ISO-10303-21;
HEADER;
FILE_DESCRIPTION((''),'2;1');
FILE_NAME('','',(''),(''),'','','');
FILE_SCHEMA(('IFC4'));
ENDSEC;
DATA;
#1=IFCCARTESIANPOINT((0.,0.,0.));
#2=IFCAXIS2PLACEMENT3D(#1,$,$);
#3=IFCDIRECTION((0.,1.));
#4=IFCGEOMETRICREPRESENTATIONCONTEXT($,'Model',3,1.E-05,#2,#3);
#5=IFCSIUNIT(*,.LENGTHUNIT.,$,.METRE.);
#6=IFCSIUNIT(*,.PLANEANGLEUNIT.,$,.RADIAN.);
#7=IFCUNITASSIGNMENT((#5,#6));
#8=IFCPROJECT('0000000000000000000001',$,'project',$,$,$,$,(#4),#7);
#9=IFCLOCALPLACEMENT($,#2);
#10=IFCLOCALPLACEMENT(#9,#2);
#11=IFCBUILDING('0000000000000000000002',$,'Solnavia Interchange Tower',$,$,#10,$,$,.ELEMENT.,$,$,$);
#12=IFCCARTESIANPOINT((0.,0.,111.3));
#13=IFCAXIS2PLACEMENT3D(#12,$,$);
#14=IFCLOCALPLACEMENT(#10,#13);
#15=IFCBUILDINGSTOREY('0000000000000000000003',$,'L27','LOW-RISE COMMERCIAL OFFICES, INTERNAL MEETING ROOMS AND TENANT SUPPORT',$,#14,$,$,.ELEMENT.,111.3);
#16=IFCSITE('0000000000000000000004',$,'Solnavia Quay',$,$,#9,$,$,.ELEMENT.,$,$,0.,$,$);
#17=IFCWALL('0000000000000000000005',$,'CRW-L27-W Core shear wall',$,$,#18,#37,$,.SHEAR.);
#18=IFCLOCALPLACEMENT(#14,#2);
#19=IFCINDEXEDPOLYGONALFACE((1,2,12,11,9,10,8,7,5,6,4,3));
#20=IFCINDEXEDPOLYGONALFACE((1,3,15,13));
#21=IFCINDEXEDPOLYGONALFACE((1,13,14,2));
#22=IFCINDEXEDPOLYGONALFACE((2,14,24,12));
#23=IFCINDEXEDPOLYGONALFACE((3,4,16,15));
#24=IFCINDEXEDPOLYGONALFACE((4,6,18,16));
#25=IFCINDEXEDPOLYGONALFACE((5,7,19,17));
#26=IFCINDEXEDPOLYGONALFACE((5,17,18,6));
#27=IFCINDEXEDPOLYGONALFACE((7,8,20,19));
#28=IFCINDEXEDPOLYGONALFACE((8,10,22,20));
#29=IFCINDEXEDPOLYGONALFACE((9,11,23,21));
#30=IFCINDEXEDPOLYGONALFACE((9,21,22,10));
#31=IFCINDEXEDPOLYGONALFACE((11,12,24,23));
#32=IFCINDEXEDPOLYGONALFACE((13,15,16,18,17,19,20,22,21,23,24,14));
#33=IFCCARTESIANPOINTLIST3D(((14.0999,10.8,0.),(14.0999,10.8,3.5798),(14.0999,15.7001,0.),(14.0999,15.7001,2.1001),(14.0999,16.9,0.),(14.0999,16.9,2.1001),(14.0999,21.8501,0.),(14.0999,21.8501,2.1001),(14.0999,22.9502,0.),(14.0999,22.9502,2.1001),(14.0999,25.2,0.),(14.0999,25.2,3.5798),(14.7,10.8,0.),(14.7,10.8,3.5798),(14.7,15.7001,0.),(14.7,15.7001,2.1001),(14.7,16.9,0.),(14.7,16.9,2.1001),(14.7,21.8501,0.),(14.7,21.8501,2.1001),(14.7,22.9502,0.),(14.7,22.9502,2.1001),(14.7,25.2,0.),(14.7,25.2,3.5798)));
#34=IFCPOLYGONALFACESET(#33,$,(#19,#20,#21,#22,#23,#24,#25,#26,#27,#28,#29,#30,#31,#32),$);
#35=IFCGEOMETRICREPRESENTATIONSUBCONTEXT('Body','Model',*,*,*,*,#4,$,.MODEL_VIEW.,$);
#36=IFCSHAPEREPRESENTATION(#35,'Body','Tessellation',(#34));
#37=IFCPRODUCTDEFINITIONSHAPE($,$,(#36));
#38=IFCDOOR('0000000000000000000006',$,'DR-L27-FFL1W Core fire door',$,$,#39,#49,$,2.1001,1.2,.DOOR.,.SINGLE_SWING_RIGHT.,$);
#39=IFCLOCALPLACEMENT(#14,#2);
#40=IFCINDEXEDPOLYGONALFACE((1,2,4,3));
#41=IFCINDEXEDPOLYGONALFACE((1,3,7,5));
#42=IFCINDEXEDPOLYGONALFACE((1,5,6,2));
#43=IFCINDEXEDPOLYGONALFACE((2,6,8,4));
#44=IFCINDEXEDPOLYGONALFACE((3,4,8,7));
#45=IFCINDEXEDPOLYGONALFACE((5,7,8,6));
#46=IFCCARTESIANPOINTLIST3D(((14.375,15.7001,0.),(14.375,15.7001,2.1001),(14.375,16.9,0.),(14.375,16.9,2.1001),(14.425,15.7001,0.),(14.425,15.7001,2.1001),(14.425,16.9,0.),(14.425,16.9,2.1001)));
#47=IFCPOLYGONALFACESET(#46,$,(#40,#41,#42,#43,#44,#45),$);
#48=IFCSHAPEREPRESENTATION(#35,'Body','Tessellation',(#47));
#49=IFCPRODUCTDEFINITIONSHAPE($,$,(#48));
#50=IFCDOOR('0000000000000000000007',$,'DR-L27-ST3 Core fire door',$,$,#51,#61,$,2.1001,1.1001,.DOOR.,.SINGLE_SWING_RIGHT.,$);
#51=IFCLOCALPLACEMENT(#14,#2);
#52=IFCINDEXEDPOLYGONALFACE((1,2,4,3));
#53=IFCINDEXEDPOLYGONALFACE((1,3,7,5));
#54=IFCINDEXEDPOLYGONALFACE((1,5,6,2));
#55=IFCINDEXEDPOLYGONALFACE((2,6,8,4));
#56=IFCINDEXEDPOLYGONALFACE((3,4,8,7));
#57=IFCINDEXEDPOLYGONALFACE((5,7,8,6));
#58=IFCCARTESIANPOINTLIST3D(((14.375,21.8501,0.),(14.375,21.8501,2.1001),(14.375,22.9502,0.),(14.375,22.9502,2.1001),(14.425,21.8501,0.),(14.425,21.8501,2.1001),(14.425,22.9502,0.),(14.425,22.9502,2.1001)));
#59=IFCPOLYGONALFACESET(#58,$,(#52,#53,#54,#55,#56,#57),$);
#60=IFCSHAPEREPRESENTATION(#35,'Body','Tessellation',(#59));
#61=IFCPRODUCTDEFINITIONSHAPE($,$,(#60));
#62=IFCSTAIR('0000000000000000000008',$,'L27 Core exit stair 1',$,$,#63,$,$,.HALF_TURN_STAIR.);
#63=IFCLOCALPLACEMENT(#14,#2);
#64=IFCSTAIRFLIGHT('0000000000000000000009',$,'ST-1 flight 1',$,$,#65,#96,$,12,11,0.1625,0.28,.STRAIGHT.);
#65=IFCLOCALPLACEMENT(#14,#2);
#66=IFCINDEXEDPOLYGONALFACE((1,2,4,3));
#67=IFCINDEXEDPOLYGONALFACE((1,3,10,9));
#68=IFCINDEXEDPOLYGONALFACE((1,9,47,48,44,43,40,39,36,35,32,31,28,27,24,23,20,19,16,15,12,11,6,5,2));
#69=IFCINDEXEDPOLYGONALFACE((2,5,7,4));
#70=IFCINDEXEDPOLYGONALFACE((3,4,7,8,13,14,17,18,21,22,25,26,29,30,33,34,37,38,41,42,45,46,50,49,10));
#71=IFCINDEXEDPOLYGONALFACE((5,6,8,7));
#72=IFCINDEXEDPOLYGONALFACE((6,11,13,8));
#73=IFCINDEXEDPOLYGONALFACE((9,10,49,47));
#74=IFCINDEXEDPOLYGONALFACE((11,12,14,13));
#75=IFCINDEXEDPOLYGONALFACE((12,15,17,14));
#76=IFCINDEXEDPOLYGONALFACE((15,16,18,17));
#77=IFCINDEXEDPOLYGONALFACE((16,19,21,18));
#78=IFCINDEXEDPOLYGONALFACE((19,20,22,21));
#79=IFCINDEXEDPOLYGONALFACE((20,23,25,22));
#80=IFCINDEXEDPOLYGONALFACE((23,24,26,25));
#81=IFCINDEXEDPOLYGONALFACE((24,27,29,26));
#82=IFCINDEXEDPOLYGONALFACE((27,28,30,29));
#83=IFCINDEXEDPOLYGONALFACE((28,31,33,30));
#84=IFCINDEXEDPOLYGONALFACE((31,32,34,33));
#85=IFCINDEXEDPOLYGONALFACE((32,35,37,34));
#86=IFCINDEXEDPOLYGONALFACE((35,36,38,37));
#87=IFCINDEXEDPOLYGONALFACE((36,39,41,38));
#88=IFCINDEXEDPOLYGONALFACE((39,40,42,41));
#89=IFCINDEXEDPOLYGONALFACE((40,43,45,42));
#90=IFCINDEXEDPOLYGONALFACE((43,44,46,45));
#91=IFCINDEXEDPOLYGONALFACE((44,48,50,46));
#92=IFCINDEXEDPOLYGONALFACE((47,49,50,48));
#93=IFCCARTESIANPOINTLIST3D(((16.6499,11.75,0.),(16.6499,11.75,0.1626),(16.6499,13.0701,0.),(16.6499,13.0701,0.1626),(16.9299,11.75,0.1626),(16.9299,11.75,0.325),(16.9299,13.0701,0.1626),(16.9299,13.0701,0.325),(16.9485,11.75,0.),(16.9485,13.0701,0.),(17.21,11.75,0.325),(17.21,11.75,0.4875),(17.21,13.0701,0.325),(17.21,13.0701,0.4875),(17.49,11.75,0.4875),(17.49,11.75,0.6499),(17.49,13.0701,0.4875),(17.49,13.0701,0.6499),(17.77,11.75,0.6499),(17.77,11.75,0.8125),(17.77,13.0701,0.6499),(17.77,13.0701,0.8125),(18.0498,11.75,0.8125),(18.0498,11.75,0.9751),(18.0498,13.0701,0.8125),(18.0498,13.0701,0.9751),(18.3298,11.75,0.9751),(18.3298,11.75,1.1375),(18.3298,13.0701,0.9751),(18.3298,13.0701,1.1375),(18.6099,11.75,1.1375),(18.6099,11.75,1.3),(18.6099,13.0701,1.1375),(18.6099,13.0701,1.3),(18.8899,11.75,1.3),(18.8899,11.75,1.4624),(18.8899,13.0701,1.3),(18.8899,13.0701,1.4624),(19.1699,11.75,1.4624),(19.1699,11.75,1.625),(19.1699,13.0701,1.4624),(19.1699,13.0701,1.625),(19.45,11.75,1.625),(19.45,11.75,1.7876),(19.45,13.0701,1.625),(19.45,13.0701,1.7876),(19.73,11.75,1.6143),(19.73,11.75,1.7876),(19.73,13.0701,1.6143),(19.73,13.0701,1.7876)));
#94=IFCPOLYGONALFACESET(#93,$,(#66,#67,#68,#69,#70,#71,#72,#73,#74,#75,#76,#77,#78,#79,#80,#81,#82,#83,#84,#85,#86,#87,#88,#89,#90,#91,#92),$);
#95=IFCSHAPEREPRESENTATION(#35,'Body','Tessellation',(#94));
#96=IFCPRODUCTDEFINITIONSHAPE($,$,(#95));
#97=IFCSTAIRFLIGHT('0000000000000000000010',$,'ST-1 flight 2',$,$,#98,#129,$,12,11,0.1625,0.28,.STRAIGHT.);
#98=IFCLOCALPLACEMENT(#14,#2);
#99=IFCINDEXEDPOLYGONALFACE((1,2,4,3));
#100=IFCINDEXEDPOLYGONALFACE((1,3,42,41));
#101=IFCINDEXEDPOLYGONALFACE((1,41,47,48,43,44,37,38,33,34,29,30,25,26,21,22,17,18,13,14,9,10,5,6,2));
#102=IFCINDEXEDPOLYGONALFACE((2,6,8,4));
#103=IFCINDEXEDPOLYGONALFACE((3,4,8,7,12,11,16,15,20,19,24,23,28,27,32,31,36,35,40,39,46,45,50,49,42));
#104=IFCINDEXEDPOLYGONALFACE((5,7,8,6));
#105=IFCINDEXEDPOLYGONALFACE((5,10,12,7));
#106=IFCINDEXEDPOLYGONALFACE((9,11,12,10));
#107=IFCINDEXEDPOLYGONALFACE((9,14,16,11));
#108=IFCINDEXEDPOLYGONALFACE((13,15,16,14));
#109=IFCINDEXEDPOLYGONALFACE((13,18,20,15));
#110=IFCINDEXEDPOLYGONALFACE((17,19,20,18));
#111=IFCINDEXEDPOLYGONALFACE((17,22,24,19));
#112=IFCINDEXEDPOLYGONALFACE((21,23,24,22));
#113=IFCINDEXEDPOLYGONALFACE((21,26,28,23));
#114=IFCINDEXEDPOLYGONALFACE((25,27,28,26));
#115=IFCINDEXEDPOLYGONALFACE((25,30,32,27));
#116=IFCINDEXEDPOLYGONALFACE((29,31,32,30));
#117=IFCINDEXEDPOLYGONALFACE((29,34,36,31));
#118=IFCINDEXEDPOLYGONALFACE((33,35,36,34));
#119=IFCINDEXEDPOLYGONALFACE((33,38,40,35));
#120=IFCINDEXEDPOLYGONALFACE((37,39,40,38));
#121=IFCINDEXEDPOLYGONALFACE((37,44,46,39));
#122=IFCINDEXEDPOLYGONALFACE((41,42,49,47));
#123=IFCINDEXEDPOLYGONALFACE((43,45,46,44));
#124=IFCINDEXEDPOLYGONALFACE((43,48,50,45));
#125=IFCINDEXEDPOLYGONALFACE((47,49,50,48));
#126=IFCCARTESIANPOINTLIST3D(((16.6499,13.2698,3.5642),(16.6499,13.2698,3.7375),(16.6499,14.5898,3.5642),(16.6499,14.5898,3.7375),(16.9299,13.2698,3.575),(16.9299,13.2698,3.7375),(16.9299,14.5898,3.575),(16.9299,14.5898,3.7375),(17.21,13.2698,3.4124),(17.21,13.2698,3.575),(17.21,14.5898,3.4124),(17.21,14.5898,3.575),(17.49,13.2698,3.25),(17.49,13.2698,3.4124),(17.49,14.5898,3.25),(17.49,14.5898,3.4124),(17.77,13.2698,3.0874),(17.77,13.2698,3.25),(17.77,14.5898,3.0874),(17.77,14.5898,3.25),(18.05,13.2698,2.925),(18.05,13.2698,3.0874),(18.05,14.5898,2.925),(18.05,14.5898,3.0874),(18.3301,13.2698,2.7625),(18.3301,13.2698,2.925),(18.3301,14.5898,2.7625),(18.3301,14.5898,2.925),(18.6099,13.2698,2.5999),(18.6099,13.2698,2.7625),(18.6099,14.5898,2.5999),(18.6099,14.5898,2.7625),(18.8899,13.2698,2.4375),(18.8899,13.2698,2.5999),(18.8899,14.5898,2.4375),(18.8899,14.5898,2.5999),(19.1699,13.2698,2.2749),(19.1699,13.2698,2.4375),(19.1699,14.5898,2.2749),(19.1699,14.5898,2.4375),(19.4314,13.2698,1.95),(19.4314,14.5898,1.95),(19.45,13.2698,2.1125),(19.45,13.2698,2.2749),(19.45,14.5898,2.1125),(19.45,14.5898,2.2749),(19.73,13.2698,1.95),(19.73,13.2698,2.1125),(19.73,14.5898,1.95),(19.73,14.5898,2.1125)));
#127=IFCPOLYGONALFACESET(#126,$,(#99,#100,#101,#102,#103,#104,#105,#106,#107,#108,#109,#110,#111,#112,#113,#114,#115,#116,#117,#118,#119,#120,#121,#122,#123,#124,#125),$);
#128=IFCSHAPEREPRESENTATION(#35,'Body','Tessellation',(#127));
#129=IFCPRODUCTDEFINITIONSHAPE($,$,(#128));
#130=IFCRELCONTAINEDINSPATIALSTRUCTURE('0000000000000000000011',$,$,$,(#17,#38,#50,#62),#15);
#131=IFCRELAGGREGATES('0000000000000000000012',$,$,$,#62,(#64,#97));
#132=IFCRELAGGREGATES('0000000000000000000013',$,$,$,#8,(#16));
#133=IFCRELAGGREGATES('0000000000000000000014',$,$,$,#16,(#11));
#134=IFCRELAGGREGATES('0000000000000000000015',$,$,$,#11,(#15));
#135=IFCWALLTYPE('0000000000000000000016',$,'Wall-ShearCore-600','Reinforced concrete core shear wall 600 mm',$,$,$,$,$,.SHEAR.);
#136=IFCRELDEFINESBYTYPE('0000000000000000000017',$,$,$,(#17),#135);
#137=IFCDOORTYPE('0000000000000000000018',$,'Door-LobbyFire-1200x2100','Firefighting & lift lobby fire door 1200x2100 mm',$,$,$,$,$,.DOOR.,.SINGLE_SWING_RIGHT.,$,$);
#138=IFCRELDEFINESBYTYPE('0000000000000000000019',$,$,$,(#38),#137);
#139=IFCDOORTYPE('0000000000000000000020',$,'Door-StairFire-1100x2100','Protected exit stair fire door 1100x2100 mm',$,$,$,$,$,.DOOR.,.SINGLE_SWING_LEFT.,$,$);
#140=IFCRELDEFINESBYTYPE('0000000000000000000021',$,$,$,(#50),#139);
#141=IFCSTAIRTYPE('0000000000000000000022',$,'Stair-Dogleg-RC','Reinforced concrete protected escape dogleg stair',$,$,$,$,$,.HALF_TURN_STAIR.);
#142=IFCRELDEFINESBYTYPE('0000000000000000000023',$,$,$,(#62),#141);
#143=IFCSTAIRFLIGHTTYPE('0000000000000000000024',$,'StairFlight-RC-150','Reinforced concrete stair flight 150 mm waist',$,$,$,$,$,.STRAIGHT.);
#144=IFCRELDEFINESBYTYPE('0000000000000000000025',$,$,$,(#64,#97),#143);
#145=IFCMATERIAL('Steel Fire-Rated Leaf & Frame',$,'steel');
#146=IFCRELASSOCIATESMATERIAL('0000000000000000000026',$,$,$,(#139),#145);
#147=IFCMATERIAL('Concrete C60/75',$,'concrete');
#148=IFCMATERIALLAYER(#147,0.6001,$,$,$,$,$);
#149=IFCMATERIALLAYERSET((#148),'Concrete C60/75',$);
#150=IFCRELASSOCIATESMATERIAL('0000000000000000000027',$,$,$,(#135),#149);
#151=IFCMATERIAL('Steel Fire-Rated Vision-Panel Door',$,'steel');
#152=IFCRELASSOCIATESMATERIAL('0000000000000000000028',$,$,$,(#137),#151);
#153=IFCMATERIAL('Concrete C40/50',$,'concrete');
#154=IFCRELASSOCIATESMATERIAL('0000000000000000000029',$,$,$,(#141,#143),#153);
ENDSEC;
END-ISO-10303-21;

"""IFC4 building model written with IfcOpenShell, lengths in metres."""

from ifc_helpers import new_model, si_unit, direction, frame, frame_2d, origin, place, context, subcontext, project, spatial, polyline, rectangle, outline, extrude, material, layer, layer_set, type_object, element, fill, aggregate, save


model = new_model("IFC4")

# Units and contexts
model_context = context("Model", 3, precision=1e-05, world=origin(), true_north=direction((0.0, 1.0)))
body_context = subcontext(model_context, "Body", "Model", "MODEL_VIEW")
ifc_project = project(units=[si_unit("LENGTHUNIT", "METRE"), si_unit("PLANEANGLEUNIT", "RADIAN")], contexts=[model_context])

# Site, building, storey
site_placement = place(None, origin())
site = spatial("IfcSite", under=ifc_project, at=site_placement, Name="Solnavia Quay", CompositionType="ELEMENT", RefElevation=0.0)
building_placement = place(site_placement, origin())
building = spatial("IfcBuilding", under=site, at=building_placement, Name="Solnavia Interchange Tower", CompositionType="ELEMENT")
storey_placement = place(building_placement, frame((0.0, 0.0, 111.3)))
storey = spatial("IfcBuildingStorey", under=building, at=storey_placement, Name="L27", Description="LOW-RISE COMMERCIAL OFFICES, INTERNAL MEETING ROOMS AND TENANT SUPPORT", CompositionType="ELEMENT", Elevation=111.3)

# Shared definitions
ifc_material_1 = material(Name="Concrete C40/50", Category="concrete")

# Shared definitions
ifc_material_2 = material(Name="Steel Fire-Rated Leaf & Frame", Category="steel")
door_type_1 = type_object("IfcDoorType", Name="Door-StairFire-1100x2100", Description="Protected exit stair fire door 1100x2100 mm", OperationType="SINGLE_SWING_LEFT", PredefinedType="DOOR", material=ifc_material_2)

# Shared definitions
ifc_material_3 = material(Name="Concrete C60/75", Category="concrete")
ifc_layer_1 = layer(ifc_material_3, 0.6001)
ifc_layer_set_1 = layer_set([ifc_layer_1], Name="Concrete C60/75")
wall_type_1 = type_object("IfcWallType", Name="Wall-ShearCore-600", Description="Reinforced concrete core shear wall 600 mm", PredefinedType="SHEAR", material=ifc_layer_set_1)

# Wall, openings, doors
wall_1_placement = place(storey_placement, frame((14.3999, 10.8, 0.0), z_axis=(0.0, 0.0, 1.0), x_axis=(0.0, 1.0, 0.0)))
wall_1 = element("IfcWall", 1, at=wall_1_placement, inside=storey, type_object=wall_type_1, Name="CRW-L27-W Core shear wall", PredefinedType="SHEAR", context=body_context, shape_type="SweptSolid", body=[
    extrude(rectangle(XDim=14.3999, YDim=0.6001, at=frame_2d((7.2, 0.0))), origin(), (0.0, 0.0, 1.0), 3.5798),
])
opening_1_placement = place(wall_1_placement, frame((11.05, 0.0, 0.0)))
opening_1 = element("IfcOpeningElement", 2, at=opening_1_placement, cuts=wall_1, PredefinedType="OPENING", context=body_context, shape_type="SweptSolid", body=[
    extrude(rectangle(XDim=1.1001, YDim=2.1001, at=frame_2d((0.55, 1.05))), frame((0.0, 0.3101, 0.0), z_axis=(0.0, -1.0, 0.0), x_axis=(1.0, 0.0, 0.0)), (0.0, 0.0, 1.0), 0.6201),
])
opening_2_placement = place(wall_1_placement, frame((4.8999, 0.0, 0.0)))
opening_2 = element("IfcOpeningElement", 3, at=opening_2_placement, cuts=wall_1, PredefinedType="OPENING", context=body_context, shape_type="SweptSolid", body=[
    extrude(rectangle(XDim=1.2, YDim=2.1001, at=frame_2d((0.6001, 1.05))), frame((0.0, 0.3101, 0.0), z_axis=(0.0, -1.0, 0.0), x_axis=(1.0, 0.0, 0.0)), (0.0, 0.0, 1.0), 0.6201),
])
ifc_material_4 = material(Name="Steel Fire-Rated Vision-Panel Door", Category="steel")
door_type_2 = type_object("IfcDoorType", Name="Door-LobbyFire-1200x2100", Description="Firefighting & lift lobby fire door 1200x2100 mm", OperationType="SINGLE_SWING_RIGHT", PredefinedType="DOOR", material=ifc_material_4)
door_1_placement = place(opening_2_placement, origin())
door_1 = element("IfcDoor", 4, at=door_1_placement, inside=storey, type_object=door_type_2, Name="DR-L27-FFL1W Core fire door", OperationType="SINGLE_SWING_RIGHT", OverallHeight=2.1001, OverallWidth=1.2, PredefinedType="DOOR", context=body_context, shape_type="SweptSolid", body=[
    extrude(rectangle(XDim=1.2, YDim=2.1001, at=frame_2d((0.6001, 1.05))), frame((0.0, 0.0249, 0.0), z_axis=(0.0, -1.0, 0.0), x_axis=(1.0, 0.0, 0.0)), (0.0, 0.0, 1.0), 0.05),
])
fill(opening_2, door_1)
door_2_placement = place(opening_1_placement, origin())
door_2 = element("IfcDoor", 5, at=door_2_placement, inside=storey, type_object=door_type_1, Name="DR-L27-ST3 Core fire door", OperationType="SINGLE_SWING_RIGHT", OverallHeight=2.1001, OverallWidth=1.1001, PredefinedType="DOOR", context=body_context, shape_type="SweptSolid", body=[
    extrude(rectangle(XDim=1.1001, YDim=2.1001, at=frame_2d((0.55, 1.05))), frame((0.0, 0.0249, 0.0), z_axis=(0.0, -1.0, 0.0), x_axis=(1.0, 0.0, 0.0)), (0.0, 0.0, 1.0), 0.05),
])
fill(opening_1, door_2)

# Stair, stair flights
stair_type = type_object("IfcStairType", Name="Stair-Dogleg-RC", Description="Reinforced concrete protected escape dogleg stair", PredefinedType="HALF_TURN_STAIR", material=ifc_material_1)
stair_placement = place(storey_placement, origin())
stair = element("IfcStair", 6, at=stair_placement, inside=storey, type_object=stair_type, Name="L27 Core exit stair 1", PredefinedType="HALF_TURN_STAIR")
stair_flight_type = type_object("IfcStairFlightType", Name="StairFlight-RC-150", Description="Reinforced concrete stair flight 150 mm waist", PredefinedType="STRAIGHT", material=ifc_material_1)
stair_flight_1_placement = place(storey_placement, frame((16.6499, 12.4099, 0.0), z_axis=(0.0, 0.0, 1.0), x_axis=(1.0, 0.0, 0.0)))
stair_flight_1 = element("IfcStairFlight", 7, at=stair_flight_1_placement, type_object=stair_flight_type, Name="ST-1 flight 1", NumberOfRisers=12, NumberOfTreads=11, PredefinedType="STRAIGHT", RiserHeight=0.1625, TreadLength=0.28, context=body_context, shape_type="SweptSolid", body=[
    extrude(outline(polyline([(0.0, 0.0), (0.0, 0.1626), (0.28, 0.1626), (0.28, 0.325), (0.5601, 0.325), (0.5601, 0.4875), (0.8401, 0.4875), (0.8401, 0.6499), (1.1201, 0.6499), (1.1201, 0.8125), (1.3999, 0.8125), (1.3999, 0.9751), (1.6799, 0.9751), (1.6799, 1.1375), (1.96, 1.1375), (1.96, 1.3), (2.24, 1.3), (2.24, 1.4624), (2.52, 1.4624), (2.52, 1.625), (2.8, 1.625), (2.8, 1.7876), (3.0801, 1.7876), (3.0801, 1.95), (3.0801, 1.6143), (0.2986, 0.0), (0.0, 0.0)])), frame((0.0, 0.6602, 0.0), z_axis=(0.0, -1.0, 0.0), x_axis=(1.0, 0.0, 0.0)), (0.0, 0.0, 1.0), 1.3201),
])
stair_flight_2_placement = place(storey_placement, frame((19.73, 13.9299, 1.95), z_axis=(0.0, 0.0, 1.0), x_axis=(-1.0, 0.0, 0.0)))
stair_flight_2 = element("IfcStairFlight", 8, at=stair_flight_2_placement, type_object=stair_flight_type, Name="ST-1 flight 2", NumberOfRisers=12, NumberOfTreads=11, PredefinedType="STRAIGHT", RiserHeight=0.1625, TreadLength=0.28, context=body_context, shape_type="SweptSolid", body=[
    extrude(outline(polyline([(0.0, 0.0), (0.0, 0.1626), (0.28, 0.1626), (0.28, 0.325), (0.5601, 0.325), (0.5601, 0.4875), (0.8401, 0.4875), (0.8401, 0.6499), (1.1201, 0.6499), (1.1201, 0.8125), (1.3999, 0.8125), (1.3999, 0.9751), (1.6799, 0.9751), (1.6799, 1.1375), (1.96, 1.1375), (1.96, 1.3), (2.24, 1.3), (2.24, 1.4624), (2.52, 1.4624), (2.52, 1.625), (2.8, 1.625), (2.8, 1.7876), (3.0801, 1.7876), (3.0801, 1.95), (3.0801, 1.6143), (0.2986, 0.0), (0.0, 0.0)])), frame((0.0, 0.6602, 0.0), z_axis=(0.0, -1.0, 0.0), x_axis=(1.0, 0.0, 0.0)), (0.0, 0.0, 1.0), 1.3201),
])
aggregate(stair, [stair_flight_1, stair_flight_2])

save(model, "model.ifc")
